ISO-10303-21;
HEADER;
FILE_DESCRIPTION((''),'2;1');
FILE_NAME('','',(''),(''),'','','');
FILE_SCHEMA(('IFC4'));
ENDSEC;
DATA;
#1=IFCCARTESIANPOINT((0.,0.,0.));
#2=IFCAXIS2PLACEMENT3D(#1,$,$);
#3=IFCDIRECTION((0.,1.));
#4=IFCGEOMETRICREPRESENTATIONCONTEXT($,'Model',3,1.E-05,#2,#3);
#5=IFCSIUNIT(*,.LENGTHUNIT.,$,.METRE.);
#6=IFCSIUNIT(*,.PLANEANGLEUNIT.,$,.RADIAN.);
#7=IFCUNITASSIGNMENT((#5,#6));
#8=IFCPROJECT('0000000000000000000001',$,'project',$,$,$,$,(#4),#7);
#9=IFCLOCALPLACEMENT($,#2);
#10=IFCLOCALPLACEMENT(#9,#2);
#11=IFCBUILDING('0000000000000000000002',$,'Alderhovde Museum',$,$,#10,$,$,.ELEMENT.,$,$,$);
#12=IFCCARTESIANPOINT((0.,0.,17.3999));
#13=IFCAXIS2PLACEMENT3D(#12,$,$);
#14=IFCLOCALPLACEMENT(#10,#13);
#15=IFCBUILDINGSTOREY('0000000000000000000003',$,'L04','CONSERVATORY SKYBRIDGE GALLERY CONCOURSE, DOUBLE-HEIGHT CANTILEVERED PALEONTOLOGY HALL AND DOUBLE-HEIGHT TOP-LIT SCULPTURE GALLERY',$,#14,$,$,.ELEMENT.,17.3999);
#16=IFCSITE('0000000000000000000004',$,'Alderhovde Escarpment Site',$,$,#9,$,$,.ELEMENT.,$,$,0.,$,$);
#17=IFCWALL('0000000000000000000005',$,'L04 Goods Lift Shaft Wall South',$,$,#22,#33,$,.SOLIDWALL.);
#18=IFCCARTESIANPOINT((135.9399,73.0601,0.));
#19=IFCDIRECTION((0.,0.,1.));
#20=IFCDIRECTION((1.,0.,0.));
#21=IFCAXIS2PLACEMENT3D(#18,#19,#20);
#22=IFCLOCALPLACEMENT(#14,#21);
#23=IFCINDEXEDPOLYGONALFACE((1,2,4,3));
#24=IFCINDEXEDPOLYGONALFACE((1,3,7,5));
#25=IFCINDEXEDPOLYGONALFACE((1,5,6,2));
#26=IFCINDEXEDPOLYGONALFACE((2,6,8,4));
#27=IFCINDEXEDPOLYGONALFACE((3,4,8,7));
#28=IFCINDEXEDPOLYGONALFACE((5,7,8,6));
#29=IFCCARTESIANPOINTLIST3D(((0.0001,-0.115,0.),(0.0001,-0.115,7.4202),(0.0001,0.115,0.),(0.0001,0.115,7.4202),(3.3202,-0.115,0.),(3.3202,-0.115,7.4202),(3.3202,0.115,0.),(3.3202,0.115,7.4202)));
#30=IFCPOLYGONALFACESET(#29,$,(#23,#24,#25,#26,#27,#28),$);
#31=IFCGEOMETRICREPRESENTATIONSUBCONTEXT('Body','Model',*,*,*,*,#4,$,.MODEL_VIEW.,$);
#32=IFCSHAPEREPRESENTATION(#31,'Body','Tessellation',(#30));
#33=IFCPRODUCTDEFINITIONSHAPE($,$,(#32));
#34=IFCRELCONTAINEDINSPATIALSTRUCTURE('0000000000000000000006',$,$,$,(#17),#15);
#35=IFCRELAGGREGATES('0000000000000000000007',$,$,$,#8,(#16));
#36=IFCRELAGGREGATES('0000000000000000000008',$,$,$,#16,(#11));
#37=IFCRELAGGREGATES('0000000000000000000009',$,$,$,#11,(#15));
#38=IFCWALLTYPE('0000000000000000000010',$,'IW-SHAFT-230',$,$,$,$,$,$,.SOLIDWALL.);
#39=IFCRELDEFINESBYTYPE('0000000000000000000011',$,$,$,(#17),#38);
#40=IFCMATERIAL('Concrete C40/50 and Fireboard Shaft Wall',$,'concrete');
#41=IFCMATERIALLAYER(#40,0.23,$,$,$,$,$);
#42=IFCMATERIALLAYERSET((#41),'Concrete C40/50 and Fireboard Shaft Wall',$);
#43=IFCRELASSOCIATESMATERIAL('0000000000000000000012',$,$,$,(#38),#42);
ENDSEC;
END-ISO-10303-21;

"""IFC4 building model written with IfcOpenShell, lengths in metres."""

from ifc_helpers import new_model, si_unit, direction, frame, frame_2d, origin, place, context, subcontext, project, spatial, rectangle, extrude, material, layer, layer_set, type_object, element, save


model = new_model("IFC4")

# Units and contexts
model_context = context("Model", 3, precision=1e-05, world=origin(), true_north=direction((0.0, 1.0)))
body_context = subcontext(model_context, "Body", "Model", "MODEL_VIEW")
ifc_project = project(units=[si_unit("LENGTHUNIT", "METRE"), si_unit("PLANEANGLEUNIT", "RADIAN")], contexts=[model_context])

# Site, building, storey
site_placement = place(None, origin())
site = spatial("IfcSite", under=ifc_project, at=site_placement, Name="Alderhovde Escarpment Site", CompositionType="ELEMENT", RefElevation=0.0)
building_placement = place(site_placement, origin())
building = spatial("IfcBuilding", under=site, at=building_placement, Name="Alderhovde Museum", CompositionType="ELEMENT")
storey_placement = place(building_placement, frame((0.0, 0.0, 17.3999)))
storey = spatial("IfcBuildingStorey", under=building, at=storey_placement, Name="L04", Description="CONSERVATORY SKYBRIDGE GALLERY CONCOURSE, DOUBLE-HEIGHT CANTILEVERED PALEONTOLOGY HALL AND DOUBLE-HEIGHT TOP-LIT SCULPTURE GALLERY", CompositionType="ELEMENT", Elevation=17.3999)

# Wall
ifc_material_1 = material(Name="Concrete C40/50 and Fireboard Shaft Wall", Category="concrete")
ifc_layer_1 = layer(ifc_material_1, 0.23)
ifc_layer_set_1 = layer_set([ifc_layer_1], Name="Concrete C40/50 and Fireboard Shaft Wall")
wall_type_1 = type_object("IfcWallType", Name="IW-SHAFT-230", PredefinedType="SOLIDWALL", material=ifc_layer_set_1)
wall_1_placement = place(storey_placement, frame((135.9399, 73.0601, 0.0), z_axis=(0.0, 0.0, 1.0), x_axis=(1.0, 0.0, 0.0)))
element("IfcWall", 1, at=wall_1_placement, inside=storey, type_object=wall_type_1, Name="L04 Goods Lift Shaft Wall South", PredefinedType="SOLIDWALL", context=body_context, shape_type="SweptSolid", body=[
    extrude(rectangle(XDim=3.3201, YDim=0.23, at=frame_2d((1.6602, 0.0))), origin(), (0.0, 0.0, 1.0), 7.4202),
])

save(model, "model.ifc")
